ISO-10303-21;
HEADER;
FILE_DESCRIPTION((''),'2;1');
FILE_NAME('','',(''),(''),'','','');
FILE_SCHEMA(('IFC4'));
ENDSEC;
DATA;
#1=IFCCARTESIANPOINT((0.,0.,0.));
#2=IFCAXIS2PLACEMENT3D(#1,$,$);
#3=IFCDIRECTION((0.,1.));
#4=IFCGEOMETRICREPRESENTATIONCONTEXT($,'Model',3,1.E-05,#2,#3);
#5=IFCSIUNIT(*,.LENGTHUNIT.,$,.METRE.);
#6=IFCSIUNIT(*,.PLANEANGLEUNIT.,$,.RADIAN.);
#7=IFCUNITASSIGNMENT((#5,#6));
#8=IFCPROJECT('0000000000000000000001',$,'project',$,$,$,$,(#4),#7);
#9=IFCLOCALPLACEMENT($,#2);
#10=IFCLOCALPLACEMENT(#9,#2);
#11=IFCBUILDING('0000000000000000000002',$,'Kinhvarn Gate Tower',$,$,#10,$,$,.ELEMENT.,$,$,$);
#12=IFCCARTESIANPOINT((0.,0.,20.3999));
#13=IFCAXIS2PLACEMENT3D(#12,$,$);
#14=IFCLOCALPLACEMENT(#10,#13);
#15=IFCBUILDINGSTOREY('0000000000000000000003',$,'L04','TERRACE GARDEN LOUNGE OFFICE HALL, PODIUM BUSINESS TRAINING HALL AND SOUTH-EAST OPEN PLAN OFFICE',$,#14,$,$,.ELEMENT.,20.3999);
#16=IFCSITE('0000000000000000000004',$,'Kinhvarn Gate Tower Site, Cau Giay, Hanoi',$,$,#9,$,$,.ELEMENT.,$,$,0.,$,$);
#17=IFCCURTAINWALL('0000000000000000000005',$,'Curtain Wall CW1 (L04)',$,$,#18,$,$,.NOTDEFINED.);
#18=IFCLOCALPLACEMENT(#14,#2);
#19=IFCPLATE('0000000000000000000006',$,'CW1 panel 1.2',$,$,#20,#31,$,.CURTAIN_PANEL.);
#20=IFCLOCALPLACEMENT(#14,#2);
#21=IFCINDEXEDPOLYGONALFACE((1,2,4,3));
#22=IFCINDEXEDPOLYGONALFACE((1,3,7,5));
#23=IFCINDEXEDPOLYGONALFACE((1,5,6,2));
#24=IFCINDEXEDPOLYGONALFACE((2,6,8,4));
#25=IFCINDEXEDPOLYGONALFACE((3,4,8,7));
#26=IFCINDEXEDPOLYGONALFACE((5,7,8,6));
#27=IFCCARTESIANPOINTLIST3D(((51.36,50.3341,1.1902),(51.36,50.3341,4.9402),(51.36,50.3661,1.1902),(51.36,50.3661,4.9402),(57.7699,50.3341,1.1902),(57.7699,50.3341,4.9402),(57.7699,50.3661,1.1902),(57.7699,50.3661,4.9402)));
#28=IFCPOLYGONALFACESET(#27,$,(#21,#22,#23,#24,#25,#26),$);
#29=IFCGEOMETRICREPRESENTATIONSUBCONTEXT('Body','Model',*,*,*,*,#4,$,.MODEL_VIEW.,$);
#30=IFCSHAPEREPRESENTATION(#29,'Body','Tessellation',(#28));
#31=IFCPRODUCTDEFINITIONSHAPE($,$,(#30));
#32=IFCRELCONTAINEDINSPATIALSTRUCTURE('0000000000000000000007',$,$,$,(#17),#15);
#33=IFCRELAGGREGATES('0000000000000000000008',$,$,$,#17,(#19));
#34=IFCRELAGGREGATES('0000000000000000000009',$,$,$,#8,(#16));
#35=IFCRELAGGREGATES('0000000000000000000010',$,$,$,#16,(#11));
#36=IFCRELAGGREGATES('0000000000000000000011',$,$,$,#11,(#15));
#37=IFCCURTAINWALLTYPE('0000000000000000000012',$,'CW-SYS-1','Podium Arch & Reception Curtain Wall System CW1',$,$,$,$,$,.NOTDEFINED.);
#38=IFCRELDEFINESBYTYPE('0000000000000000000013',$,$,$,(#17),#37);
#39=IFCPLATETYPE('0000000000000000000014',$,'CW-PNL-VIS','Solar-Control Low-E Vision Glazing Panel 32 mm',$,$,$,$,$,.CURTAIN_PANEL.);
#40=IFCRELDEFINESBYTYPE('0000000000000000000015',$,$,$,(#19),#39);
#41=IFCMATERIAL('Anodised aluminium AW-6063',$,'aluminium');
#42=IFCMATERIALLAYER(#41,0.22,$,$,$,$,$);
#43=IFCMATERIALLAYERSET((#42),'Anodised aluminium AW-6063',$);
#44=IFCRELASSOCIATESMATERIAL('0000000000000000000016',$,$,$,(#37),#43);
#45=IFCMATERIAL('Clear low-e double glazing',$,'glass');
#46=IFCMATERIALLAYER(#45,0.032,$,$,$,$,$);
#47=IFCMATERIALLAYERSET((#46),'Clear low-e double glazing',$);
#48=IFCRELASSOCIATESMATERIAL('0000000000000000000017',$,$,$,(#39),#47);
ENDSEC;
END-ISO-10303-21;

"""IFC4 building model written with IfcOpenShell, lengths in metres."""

from ifc_helpers import new_model, si_unit, direction, frame, origin, origin_2d, place, context, subcontext, project, spatial, rectangle, extrude, material, layer, layer_set, type_object, element, aggregate, save


model = new_model("IFC4")

# Units and contexts
model_context = context("Model", 3, precision=1e-05, world=origin(), true_north=direction((0.0, 1.0)))
body_context = subcontext(model_context, "Body", "Model", "MODEL_VIEW")
ifc_project = project(units=[si_unit("LENGTHUNIT", "METRE"), si_unit("PLANEANGLEUNIT", "RADIAN")], contexts=[model_context])

# Site, building, storey
site_placement = place(None, origin())
site = spatial("IfcSite", under=ifc_project, at=site_placement, Name="Kinhvarn Gate Tower Site, Cau Giay, Hanoi", CompositionType="ELEMENT", RefElevation=0.0)
building_placement = place(site_placement, origin())
building = spatial("IfcBuilding", under=site, at=building_placement, Name="Kinhvarn Gate Tower", CompositionType="ELEMENT")
storey_placement = place(building_placement, frame((0.0, 0.0, 20.3999)))
storey = spatial("IfcBuildingStorey", under=building, at=storey_placement, Name="L04", Description="TERRACE GARDEN LOUNGE OFFICE HALL, PODIUM BUSINESS TRAINING HALL AND SOUTH-EAST OPEN PLAN OFFICE", CompositionType="ELEMENT", Elevation=20.3999)

# Curtain wall
ifc_material_1 = material(Name="Anodised aluminium AW-6063", Category="aluminium")
ifc_layer_1 = layer(ifc_material_1, 0.22)
ifc_layer_set_1 = layer_set([ifc_layer_1], Name="Anodised aluminium AW-6063")
curtain_wall_type = type_object("IfcCurtainWallType", Name="CW-SYS-1", Description="Podium Arch & Reception Curtain Wall System CW1", PredefinedType="NOTDEFINED", material=ifc_layer_set_1)
curtain_wall_1_placement = place(storey_placement, origin())
curtain_wall_1 = element("IfcCurtainWall", 1, at=curtain_wall_1_placement, inside=storey, type_object=curtain_wall_type, Name="Curtain Wall CW1 (L04)", PredefinedType="NOTDEFINED")

# Plate
ifc_material_2 = material(Name="Clear low-e double glazing", Category="glass")
ifc_layer_2 = layer(ifc_material_2, 0.032)
ifc_layer_set_2 = layer_set([ifc_layer_2], Name="Clear low-e double glazing")
plate_type = type_object("IfcPlateType", Name="CW-PNL-VIS", Description="Solar-Control Low-E Vision Glazing Panel 32 mm", PredefinedType="CURTAIN_PANEL", material=ifc_layer_set_2)
plate_1_placement = place(storey_placement, frame((54.5649, 50.3501, 1.1902), z_axis=(0.0, 0.0, 1.0), x_axis=(-1.0, 0.0, 0.0)))
plate_1 = element("IfcPlate", 2, at=plate_1_placement, type_object=plate_type, Name="CW1 panel 1.2", PredefinedType="CURTAIN_PANEL", context=body_context, shape_type="SweptSolid", body=[
    extrude(rectangle(XDim=6.4099, YDim=0.032, at=origin_2d()), origin(), (0.0, 0.0, 1.0), 3.75),
])
aggregate(curtain_wall_1, [plate_1])

save(model, "model.ifc")
